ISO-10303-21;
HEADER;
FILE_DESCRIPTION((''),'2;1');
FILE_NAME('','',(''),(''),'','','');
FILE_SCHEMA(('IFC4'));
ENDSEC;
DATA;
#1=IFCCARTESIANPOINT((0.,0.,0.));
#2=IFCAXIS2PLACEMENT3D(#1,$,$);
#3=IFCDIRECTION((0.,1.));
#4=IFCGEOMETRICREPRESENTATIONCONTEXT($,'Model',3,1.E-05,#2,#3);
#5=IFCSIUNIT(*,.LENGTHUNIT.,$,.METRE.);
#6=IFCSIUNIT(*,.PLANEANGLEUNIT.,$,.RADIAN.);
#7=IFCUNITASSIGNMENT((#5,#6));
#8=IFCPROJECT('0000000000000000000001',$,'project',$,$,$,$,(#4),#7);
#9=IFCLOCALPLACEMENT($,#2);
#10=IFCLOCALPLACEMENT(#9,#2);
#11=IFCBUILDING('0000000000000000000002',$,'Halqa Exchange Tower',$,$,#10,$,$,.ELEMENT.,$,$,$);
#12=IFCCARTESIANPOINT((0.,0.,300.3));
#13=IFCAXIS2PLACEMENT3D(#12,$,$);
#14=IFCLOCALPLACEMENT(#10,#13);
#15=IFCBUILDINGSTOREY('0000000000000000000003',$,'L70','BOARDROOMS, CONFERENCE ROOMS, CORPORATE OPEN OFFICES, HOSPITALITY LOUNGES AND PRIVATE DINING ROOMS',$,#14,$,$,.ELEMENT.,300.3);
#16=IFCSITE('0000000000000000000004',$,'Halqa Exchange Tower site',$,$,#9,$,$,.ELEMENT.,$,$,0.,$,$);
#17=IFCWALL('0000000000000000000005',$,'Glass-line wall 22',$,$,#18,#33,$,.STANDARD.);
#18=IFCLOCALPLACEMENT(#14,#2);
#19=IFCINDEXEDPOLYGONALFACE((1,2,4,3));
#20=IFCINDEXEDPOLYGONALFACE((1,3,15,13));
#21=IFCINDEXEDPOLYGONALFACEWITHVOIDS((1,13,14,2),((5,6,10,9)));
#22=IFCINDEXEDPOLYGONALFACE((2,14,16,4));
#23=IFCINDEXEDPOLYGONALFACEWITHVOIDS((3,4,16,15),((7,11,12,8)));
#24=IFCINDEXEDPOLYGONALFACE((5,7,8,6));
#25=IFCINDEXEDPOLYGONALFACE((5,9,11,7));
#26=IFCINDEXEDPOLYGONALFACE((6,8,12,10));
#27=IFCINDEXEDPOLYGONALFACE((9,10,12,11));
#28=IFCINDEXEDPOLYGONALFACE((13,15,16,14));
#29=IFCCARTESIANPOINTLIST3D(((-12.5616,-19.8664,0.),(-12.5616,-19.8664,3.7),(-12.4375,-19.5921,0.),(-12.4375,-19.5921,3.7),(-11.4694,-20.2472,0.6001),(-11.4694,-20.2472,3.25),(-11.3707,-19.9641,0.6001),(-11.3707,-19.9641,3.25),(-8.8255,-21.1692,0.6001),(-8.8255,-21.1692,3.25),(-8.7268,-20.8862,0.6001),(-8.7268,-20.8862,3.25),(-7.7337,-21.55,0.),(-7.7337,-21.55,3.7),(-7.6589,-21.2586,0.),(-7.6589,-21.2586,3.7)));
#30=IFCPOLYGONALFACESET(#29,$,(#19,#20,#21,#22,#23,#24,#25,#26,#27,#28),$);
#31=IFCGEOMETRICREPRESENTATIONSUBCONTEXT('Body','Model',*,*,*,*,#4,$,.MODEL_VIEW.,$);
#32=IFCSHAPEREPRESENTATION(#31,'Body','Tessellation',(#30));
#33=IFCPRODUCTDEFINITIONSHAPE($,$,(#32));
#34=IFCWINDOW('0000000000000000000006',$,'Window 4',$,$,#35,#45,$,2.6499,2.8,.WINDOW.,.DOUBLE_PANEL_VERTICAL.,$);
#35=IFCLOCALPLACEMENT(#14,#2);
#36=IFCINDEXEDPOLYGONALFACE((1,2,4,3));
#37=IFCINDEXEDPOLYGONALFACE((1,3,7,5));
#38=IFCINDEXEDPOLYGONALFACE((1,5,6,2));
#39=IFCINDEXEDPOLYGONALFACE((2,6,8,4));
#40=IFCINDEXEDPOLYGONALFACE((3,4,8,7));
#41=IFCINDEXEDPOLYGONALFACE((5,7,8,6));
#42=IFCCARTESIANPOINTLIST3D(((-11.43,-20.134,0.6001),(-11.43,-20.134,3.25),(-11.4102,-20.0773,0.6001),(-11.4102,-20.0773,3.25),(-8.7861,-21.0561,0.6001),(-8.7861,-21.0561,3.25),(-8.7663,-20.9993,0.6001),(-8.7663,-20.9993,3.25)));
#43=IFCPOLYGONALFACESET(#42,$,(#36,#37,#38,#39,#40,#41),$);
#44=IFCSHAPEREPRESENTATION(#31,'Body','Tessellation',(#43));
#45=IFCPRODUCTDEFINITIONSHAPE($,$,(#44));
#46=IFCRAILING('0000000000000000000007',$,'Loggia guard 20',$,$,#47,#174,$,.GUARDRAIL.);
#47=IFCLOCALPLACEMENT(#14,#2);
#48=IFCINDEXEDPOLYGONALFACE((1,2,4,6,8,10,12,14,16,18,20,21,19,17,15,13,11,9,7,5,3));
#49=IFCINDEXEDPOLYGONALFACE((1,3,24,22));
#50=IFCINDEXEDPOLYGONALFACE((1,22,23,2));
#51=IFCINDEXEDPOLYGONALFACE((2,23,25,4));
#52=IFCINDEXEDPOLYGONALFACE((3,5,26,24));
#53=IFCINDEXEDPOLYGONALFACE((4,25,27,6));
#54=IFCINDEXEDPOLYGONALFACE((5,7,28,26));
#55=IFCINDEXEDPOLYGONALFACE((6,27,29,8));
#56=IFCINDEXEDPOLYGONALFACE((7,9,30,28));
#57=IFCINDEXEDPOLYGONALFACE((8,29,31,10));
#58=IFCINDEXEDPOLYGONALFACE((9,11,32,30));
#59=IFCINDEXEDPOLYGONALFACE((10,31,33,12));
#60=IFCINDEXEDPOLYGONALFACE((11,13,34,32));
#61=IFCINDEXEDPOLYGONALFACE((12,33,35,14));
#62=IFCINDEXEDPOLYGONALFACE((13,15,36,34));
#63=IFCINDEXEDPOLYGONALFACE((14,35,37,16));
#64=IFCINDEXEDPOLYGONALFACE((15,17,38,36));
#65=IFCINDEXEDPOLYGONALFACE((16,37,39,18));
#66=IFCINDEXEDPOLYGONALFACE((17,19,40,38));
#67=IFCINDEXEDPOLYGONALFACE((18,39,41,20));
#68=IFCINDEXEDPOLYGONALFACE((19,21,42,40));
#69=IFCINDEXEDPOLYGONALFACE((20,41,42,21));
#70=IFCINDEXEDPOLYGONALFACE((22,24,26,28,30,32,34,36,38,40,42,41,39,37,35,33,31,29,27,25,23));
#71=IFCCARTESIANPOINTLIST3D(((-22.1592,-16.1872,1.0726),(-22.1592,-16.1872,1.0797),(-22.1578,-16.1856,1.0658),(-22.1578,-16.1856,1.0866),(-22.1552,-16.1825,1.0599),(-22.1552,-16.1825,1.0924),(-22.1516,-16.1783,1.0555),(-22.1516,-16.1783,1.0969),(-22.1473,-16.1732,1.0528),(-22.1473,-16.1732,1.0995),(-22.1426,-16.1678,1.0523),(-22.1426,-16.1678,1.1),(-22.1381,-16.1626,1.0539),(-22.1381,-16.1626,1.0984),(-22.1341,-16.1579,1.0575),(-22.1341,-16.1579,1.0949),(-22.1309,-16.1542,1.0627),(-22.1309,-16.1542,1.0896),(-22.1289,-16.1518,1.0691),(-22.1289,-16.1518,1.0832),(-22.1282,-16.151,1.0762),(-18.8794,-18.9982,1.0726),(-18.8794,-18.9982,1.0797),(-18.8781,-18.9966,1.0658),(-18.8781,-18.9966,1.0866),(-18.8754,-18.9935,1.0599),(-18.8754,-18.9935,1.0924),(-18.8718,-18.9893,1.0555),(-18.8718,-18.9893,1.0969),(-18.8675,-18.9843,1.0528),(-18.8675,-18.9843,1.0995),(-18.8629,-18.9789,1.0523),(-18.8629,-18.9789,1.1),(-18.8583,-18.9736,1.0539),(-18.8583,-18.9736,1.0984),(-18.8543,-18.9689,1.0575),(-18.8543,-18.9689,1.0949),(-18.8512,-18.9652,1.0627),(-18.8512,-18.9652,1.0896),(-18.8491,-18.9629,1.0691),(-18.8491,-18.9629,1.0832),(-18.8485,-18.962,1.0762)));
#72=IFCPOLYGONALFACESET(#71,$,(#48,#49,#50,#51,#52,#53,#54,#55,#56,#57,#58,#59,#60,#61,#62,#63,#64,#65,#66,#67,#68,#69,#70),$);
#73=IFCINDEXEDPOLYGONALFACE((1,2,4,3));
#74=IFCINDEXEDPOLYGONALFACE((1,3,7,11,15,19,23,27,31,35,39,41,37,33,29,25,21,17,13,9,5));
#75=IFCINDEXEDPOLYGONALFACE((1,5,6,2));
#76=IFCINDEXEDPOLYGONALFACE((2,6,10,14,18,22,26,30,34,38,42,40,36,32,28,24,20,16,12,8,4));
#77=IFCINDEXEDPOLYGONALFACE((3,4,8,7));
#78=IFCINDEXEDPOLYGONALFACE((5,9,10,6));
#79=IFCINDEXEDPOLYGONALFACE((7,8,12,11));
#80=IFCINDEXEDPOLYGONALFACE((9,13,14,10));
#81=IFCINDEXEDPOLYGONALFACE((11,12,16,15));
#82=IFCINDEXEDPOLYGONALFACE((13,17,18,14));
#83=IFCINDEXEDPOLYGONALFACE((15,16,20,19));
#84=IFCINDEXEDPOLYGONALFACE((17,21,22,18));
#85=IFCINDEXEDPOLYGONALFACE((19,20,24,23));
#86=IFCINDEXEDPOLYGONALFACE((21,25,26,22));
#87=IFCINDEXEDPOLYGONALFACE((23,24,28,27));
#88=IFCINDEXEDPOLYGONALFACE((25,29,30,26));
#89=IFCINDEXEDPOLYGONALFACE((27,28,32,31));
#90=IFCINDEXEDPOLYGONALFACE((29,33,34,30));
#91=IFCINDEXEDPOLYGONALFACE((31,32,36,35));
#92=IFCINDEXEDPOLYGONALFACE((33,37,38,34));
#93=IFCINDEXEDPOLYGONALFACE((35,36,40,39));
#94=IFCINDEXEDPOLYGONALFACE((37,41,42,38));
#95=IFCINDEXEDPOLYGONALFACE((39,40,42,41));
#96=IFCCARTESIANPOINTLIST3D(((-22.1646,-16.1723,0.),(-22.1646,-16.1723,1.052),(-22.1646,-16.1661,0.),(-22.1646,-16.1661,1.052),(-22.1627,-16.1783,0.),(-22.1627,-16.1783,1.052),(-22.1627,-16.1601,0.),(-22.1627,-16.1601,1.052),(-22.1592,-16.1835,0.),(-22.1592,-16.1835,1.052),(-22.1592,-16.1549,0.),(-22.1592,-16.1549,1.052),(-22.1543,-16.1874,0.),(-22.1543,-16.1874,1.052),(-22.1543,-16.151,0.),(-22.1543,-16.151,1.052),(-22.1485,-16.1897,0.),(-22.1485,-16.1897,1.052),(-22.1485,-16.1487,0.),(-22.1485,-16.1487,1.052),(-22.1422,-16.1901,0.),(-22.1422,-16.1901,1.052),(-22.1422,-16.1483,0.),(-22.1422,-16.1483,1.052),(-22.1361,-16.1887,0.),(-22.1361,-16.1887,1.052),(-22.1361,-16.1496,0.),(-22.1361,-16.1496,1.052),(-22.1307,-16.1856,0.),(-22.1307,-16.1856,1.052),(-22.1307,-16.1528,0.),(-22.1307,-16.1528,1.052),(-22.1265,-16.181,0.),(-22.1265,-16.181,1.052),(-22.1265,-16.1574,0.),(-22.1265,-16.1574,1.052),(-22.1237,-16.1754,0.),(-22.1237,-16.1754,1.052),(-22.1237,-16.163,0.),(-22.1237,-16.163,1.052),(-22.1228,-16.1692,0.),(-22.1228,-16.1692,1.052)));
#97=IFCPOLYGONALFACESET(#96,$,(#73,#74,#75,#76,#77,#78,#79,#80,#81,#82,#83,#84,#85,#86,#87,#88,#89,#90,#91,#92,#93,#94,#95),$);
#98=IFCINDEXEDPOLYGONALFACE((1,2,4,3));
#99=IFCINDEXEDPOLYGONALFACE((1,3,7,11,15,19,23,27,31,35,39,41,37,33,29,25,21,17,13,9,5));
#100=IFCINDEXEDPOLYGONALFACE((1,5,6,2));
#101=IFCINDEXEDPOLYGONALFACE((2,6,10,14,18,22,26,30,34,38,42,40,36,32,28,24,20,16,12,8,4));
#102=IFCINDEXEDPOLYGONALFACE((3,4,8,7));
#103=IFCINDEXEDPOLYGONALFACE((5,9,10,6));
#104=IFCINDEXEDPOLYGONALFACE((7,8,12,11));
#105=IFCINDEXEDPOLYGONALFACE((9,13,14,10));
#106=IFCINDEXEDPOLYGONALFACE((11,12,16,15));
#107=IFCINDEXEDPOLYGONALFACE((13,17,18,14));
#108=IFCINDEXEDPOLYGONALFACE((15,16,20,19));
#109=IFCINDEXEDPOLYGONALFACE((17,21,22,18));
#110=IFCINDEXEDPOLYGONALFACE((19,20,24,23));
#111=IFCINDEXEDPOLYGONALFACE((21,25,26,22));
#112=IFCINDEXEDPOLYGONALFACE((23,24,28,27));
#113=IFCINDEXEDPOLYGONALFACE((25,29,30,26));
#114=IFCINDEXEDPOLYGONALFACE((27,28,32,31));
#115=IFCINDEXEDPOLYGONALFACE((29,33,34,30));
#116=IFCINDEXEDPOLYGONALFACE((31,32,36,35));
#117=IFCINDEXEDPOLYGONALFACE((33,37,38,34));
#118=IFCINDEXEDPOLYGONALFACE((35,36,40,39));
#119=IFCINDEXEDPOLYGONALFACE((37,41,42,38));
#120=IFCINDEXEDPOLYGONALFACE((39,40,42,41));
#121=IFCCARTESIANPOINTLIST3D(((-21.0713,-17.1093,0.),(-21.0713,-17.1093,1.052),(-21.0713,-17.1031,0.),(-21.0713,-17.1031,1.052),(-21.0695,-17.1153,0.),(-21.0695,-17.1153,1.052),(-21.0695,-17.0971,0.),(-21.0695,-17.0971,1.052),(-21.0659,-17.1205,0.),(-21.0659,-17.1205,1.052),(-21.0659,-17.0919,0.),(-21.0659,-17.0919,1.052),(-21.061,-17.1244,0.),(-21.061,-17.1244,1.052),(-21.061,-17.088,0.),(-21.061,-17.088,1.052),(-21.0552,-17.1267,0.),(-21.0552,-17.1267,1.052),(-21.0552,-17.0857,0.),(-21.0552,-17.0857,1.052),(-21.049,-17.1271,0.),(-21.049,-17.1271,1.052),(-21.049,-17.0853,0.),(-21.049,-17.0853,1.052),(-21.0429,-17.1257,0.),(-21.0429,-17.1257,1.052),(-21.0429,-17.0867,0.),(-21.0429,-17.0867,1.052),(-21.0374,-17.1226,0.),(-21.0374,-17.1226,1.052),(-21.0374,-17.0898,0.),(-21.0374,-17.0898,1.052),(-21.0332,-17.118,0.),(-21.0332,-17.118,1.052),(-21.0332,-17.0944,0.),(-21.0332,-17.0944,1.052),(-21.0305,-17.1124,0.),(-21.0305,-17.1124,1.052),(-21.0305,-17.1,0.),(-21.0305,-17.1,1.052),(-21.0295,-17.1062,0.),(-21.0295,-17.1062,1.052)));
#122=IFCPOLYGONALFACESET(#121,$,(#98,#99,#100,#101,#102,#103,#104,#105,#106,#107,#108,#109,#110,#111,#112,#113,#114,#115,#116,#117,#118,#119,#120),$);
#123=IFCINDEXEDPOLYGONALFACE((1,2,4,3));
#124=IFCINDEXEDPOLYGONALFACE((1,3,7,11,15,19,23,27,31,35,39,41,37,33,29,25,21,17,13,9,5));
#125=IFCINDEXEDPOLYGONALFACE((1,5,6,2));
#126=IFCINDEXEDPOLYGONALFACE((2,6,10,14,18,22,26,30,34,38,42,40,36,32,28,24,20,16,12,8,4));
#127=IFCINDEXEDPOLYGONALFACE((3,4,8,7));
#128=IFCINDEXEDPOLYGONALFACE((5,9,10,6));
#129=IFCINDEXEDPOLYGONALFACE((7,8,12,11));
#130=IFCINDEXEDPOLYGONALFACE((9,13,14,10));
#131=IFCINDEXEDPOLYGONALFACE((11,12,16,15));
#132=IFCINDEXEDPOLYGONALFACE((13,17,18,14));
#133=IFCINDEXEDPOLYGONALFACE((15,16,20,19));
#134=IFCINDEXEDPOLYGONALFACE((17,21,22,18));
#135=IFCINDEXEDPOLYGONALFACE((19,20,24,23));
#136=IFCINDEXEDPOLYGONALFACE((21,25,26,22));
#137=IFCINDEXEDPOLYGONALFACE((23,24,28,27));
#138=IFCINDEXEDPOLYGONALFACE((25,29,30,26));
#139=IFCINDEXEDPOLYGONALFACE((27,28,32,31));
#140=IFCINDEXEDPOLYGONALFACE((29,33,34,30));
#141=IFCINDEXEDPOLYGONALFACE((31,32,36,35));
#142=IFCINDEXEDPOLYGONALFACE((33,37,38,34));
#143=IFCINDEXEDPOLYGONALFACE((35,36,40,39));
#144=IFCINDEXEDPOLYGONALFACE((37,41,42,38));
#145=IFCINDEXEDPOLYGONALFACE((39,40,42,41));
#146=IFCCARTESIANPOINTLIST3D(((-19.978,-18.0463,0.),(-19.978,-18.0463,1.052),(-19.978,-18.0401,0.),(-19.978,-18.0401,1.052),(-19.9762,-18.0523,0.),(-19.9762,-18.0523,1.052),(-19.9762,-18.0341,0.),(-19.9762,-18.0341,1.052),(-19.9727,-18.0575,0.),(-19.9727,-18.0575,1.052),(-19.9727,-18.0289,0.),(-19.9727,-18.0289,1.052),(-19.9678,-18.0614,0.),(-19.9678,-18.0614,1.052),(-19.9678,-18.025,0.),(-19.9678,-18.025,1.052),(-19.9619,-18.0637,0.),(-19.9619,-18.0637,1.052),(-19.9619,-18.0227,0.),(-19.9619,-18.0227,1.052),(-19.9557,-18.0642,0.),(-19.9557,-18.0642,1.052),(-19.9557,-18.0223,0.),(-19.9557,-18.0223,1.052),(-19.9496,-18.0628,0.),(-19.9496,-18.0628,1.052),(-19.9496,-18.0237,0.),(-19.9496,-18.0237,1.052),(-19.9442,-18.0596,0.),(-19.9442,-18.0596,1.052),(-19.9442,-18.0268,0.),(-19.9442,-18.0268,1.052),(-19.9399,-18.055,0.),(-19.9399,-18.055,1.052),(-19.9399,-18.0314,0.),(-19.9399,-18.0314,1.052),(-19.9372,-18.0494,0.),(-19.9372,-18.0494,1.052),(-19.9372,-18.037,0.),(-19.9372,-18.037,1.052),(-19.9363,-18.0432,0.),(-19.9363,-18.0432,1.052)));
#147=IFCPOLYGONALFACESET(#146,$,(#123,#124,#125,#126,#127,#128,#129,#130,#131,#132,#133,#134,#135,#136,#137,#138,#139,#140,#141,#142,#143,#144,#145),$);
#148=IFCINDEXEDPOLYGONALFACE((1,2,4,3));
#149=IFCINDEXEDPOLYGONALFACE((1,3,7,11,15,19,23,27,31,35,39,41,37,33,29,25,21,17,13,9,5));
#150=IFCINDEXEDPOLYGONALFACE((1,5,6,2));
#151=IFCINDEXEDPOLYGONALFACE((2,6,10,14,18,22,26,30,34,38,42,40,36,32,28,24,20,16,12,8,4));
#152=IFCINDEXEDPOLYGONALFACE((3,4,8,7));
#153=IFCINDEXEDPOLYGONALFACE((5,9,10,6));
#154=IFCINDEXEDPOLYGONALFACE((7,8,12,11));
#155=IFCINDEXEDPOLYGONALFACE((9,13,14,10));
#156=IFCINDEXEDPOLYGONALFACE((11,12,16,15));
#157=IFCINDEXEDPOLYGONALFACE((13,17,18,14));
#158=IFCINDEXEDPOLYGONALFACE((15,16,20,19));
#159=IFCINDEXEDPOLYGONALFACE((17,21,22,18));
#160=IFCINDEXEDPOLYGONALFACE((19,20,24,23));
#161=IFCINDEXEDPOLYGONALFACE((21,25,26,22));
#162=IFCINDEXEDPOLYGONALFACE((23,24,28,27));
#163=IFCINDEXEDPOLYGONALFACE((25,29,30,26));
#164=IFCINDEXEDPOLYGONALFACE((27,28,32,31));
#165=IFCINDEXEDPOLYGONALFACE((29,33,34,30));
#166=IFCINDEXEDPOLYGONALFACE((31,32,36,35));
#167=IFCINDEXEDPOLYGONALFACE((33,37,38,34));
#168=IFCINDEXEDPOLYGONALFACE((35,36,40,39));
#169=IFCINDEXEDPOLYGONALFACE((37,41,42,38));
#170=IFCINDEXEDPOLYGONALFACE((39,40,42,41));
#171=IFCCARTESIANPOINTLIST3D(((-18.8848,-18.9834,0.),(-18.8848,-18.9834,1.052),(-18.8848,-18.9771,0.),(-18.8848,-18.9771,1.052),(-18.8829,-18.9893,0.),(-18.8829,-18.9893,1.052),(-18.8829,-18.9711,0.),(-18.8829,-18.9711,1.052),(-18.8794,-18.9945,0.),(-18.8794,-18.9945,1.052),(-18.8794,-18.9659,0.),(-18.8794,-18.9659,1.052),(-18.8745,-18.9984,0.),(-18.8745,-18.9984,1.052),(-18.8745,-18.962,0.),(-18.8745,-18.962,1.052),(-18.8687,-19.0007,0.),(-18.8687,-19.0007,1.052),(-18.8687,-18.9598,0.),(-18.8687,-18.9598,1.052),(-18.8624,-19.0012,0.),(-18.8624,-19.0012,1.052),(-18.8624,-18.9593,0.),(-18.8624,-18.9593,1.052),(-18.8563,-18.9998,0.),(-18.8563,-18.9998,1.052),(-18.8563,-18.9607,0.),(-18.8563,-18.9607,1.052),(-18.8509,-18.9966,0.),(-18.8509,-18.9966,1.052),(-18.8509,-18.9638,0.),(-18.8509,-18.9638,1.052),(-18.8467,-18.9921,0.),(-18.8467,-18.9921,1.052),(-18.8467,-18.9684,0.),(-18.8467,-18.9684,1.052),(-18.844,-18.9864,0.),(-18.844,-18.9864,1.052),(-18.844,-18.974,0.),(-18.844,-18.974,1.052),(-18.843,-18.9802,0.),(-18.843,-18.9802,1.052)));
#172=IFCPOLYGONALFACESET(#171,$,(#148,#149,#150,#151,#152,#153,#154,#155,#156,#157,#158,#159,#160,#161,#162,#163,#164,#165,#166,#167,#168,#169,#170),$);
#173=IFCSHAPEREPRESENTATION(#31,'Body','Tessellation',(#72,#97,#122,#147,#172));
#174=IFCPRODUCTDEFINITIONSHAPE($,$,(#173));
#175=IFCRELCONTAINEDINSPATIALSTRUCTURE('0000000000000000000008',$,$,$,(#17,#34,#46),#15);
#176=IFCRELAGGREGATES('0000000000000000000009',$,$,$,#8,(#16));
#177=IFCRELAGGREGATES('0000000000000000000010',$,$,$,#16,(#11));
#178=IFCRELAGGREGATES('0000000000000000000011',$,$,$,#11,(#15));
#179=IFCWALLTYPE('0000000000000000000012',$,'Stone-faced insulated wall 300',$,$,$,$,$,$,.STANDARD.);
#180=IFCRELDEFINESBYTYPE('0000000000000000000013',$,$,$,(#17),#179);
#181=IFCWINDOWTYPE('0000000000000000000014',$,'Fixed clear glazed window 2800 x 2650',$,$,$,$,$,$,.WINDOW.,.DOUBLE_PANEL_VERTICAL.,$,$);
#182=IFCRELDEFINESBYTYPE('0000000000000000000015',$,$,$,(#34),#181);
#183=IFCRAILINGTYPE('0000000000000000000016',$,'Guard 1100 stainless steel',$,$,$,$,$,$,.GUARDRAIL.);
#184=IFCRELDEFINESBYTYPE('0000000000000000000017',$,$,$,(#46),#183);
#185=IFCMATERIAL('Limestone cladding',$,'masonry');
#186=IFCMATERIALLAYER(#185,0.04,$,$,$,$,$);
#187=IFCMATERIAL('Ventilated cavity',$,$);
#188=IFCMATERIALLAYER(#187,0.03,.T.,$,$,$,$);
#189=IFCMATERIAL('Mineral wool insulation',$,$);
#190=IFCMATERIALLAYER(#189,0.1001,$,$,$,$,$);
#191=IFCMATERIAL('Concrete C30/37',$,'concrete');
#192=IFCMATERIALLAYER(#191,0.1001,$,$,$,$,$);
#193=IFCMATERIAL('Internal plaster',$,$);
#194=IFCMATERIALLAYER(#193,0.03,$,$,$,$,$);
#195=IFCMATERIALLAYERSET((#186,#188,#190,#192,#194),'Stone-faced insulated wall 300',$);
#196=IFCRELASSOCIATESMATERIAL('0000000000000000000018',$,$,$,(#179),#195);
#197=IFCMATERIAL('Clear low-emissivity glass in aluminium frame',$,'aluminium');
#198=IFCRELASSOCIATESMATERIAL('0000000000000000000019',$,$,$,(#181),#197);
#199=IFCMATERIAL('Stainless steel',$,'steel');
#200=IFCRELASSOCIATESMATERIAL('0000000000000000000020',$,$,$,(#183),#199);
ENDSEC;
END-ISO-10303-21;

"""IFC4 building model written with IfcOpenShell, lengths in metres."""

from ifc_helpers import new_model, si_unit, direction, frame, frame_2d, origin, origin_2d, place, context, subcontext, project, spatial, polyline, rectangle, circle, outline, extrude, material, layer, layer_set, type_object, element, fill, save


model = new_model("IFC4")

# Units and contexts
model_context = context("Model", 3, precision=1e-05, world=origin(), true_north=direction((0.0, 1.0)))
body_context = subcontext(model_context, "Body", "Model", "MODEL_VIEW")
ifc_project = project(units=[si_unit("LENGTHUNIT", "METRE"), si_unit("PLANEANGLEUNIT", "RADIAN")], contexts=[model_context])

# Site, building, storey
site_placement = place(None, origin())
site = spatial("IfcSite", under=ifc_project, at=site_placement, Name="Halqa Exchange Tower site", CompositionType="ELEMENT", RefElevation=0.0)
building_placement = place(site_placement, origin())
building = spatial("IfcBuilding", under=site, at=building_placement, Name="Halqa Exchange Tower", CompositionType="ELEMENT")
storey_placement = place(building_placement, frame((0.0, 0.0, 300.3)))
storey = spatial("IfcBuildingStorey", under=building, at=storey_placement, Name="L70", Description="BOARDROOMS, CONFERENCE ROOMS, CORPORATE OPEN OFFICES, HOSPITALITY LOUNGES AND PRIVATE DINING ROOMS", CompositionType="ELEMENT", Elevation=300.3)

# Shared definitions
ifc_material_1 = material(Name="Limestone cladding", Category="masonry")
ifc_layer_1 = layer(ifc_material_1, 0.04)
ifc_material_2 = material(Name="Ventilated cavity")
ifc_layer_2 = layer(ifc_material_2, 0.03, ventilated=True)
ifc_material_3 = material(Name="Mineral wool insulation")
ifc_layer_3 = layer(ifc_material_3, 0.1001)
ifc_material_4 = material(Name="Concrete C30/37", Category="concrete")
ifc_layer_4 = layer(ifc_material_4, 0.1001)
ifc_material_5 = material(Name="Internal plaster")
ifc_layer_5 = layer(ifc_material_5, 0.03)
ifc_layer_set_1 = layer_set([ifc_layer_1, ifc_layer_2, ifc_layer_3, ifc_layer_4, ifc_layer_5], Name="Stone-faced insulated wall 300")
wall_type_1 = type_object("IfcWallType", Name="Stone-faced insulated wall 300", PredefinedType="STANDARD", material=ifc_layer_set_1)
ifc_material_6 = material(Name="Clear low-emissivity glass in aluminium frame", Category="aluminium")

# Wall, opening, window
window_type = type_object("IfcWindowType", Name="Fixed clear glazed window 2800 x 2650", PartitioningType="DOUBLE_PANEL_VERTICAL", PredefinedType="WINDOW", material=ifc_material_6)
wall_1_placement = place(storey_placement, frame((-12.4995, -19.7292, 0.0), z_axis=(0.0, 0.0, 1.0), x_axis=(0.94423, -0.329286, 0.0)))
wall_1 = element("IfcWall", 1, at=wall_1_placement, inside=storey, type_object=wall_type_1, Name="Glass-line wall 22", PredefinedType="STANDARD", context=body_context, shape_type="SweptSolid", body=[
    extrude(outline(polyline([(-0.0134, -0.1499), (5.0996, -0.1499), (5.0742, 0.1499), (0.0134, 0.1499), (-0.0134, -0.1499)])), origin(), (0.0, 0.0, 1.0), 3.7),
])
opening_1_placement = place(wall_1_placement, frame((1.1433, 0.0, 0.6001)))
opening_1 = element("IfcOpeningElement", 2, at=opening_1_placement, cuts=wall_1, PredefinedType="OPENING", context=body_context, shape_type="SweptSolid", body=[
    extrude(rectangle(XDim=2.8, YDim=2.6499, at=frame_2d((1.3999, 1.325))), frame((0.0, 0.1621, 0.0), z_axis=(0.0, -1.0, 0.0), x_axis=(1.0, 0.0, 0.0)), (0.0, 0.0, 1.0), 0.324),
])
window_1_placement = place(opening_1_placement, origin())
window_1 = element("IfcWindow", 3, at=window_1_placement, inside=storey, type_object=window_type, Name="Window 4", OverallHeight=2.6499, OverallWidth=2.8, PartitioningType="DOUBLE_PANEL_VERTICAL", PredefinedType="WINDOW", context=body_context, shape_type="SweptSolid", body=[
    extrude(rectangle(XDim=2.8, YDim=2.6499, at=frame_2d((1.3999, 1.325))), frame((0.0, 0.03, 0.0), z_axis=(0.0, -1.0, 0.0), x_axis=(1.0, 0.0, 0.0)), (0.0, 0.0, 1.0), 0.0601),
])
fill(opening_1, window_1)

# Railing
ifc_material_7 = material(Name="Stainless steel", Category="steel")
railing_type = type_object("IfcRailingType", Name="Guard 1100 stainless steel", PredefinedType="GUARDRAIL", material=ifc_material_7)
railing_1_placement = place(storey_placement, frame((-22.1438, -16.1692, 0.0)))
element("IfcRailing", 4, at=railing_1_placement, inside=storey, type_object=railing_type, Name="Loggia guard 20", PredefinedType="GUARDRAIL", context=body_context, shape_type="SweptSolid", body=[
    extrude(circle(Radius=0.0239, at=origin_2d()), frame((0.0, 0.0, 1.0762), z_axis=(0.759281, -0.650763, 0.0), x_axis=(0.650763, 0.759281, 0.0)), (0.0, 0.0, 1.0), 4.3196),
    extrude(circle(Radius=0.021, at=origin_2d()), origin(), (0.0, 0.0, 1.0), 1.052),
    extrude(circle(Radius=0.021, at=origin_2d()), frame((1.0933, -0.937, 0.0)), (0.0, 0.0, 1.0), 1.052),
    extrude(circle(Radius=0.021, at=origin_2d()), frame((2.1865, -1.874, 0.0)), (0.0, 0.0, 1.0), 1.052),
    extrude(circle(Radius=0.021, at=origin_2d()), frame((3.2798, -2.811, 0.0)), (0.0, 0.0, 1.0), 1.052),
])

save(model, "model.ifc")
